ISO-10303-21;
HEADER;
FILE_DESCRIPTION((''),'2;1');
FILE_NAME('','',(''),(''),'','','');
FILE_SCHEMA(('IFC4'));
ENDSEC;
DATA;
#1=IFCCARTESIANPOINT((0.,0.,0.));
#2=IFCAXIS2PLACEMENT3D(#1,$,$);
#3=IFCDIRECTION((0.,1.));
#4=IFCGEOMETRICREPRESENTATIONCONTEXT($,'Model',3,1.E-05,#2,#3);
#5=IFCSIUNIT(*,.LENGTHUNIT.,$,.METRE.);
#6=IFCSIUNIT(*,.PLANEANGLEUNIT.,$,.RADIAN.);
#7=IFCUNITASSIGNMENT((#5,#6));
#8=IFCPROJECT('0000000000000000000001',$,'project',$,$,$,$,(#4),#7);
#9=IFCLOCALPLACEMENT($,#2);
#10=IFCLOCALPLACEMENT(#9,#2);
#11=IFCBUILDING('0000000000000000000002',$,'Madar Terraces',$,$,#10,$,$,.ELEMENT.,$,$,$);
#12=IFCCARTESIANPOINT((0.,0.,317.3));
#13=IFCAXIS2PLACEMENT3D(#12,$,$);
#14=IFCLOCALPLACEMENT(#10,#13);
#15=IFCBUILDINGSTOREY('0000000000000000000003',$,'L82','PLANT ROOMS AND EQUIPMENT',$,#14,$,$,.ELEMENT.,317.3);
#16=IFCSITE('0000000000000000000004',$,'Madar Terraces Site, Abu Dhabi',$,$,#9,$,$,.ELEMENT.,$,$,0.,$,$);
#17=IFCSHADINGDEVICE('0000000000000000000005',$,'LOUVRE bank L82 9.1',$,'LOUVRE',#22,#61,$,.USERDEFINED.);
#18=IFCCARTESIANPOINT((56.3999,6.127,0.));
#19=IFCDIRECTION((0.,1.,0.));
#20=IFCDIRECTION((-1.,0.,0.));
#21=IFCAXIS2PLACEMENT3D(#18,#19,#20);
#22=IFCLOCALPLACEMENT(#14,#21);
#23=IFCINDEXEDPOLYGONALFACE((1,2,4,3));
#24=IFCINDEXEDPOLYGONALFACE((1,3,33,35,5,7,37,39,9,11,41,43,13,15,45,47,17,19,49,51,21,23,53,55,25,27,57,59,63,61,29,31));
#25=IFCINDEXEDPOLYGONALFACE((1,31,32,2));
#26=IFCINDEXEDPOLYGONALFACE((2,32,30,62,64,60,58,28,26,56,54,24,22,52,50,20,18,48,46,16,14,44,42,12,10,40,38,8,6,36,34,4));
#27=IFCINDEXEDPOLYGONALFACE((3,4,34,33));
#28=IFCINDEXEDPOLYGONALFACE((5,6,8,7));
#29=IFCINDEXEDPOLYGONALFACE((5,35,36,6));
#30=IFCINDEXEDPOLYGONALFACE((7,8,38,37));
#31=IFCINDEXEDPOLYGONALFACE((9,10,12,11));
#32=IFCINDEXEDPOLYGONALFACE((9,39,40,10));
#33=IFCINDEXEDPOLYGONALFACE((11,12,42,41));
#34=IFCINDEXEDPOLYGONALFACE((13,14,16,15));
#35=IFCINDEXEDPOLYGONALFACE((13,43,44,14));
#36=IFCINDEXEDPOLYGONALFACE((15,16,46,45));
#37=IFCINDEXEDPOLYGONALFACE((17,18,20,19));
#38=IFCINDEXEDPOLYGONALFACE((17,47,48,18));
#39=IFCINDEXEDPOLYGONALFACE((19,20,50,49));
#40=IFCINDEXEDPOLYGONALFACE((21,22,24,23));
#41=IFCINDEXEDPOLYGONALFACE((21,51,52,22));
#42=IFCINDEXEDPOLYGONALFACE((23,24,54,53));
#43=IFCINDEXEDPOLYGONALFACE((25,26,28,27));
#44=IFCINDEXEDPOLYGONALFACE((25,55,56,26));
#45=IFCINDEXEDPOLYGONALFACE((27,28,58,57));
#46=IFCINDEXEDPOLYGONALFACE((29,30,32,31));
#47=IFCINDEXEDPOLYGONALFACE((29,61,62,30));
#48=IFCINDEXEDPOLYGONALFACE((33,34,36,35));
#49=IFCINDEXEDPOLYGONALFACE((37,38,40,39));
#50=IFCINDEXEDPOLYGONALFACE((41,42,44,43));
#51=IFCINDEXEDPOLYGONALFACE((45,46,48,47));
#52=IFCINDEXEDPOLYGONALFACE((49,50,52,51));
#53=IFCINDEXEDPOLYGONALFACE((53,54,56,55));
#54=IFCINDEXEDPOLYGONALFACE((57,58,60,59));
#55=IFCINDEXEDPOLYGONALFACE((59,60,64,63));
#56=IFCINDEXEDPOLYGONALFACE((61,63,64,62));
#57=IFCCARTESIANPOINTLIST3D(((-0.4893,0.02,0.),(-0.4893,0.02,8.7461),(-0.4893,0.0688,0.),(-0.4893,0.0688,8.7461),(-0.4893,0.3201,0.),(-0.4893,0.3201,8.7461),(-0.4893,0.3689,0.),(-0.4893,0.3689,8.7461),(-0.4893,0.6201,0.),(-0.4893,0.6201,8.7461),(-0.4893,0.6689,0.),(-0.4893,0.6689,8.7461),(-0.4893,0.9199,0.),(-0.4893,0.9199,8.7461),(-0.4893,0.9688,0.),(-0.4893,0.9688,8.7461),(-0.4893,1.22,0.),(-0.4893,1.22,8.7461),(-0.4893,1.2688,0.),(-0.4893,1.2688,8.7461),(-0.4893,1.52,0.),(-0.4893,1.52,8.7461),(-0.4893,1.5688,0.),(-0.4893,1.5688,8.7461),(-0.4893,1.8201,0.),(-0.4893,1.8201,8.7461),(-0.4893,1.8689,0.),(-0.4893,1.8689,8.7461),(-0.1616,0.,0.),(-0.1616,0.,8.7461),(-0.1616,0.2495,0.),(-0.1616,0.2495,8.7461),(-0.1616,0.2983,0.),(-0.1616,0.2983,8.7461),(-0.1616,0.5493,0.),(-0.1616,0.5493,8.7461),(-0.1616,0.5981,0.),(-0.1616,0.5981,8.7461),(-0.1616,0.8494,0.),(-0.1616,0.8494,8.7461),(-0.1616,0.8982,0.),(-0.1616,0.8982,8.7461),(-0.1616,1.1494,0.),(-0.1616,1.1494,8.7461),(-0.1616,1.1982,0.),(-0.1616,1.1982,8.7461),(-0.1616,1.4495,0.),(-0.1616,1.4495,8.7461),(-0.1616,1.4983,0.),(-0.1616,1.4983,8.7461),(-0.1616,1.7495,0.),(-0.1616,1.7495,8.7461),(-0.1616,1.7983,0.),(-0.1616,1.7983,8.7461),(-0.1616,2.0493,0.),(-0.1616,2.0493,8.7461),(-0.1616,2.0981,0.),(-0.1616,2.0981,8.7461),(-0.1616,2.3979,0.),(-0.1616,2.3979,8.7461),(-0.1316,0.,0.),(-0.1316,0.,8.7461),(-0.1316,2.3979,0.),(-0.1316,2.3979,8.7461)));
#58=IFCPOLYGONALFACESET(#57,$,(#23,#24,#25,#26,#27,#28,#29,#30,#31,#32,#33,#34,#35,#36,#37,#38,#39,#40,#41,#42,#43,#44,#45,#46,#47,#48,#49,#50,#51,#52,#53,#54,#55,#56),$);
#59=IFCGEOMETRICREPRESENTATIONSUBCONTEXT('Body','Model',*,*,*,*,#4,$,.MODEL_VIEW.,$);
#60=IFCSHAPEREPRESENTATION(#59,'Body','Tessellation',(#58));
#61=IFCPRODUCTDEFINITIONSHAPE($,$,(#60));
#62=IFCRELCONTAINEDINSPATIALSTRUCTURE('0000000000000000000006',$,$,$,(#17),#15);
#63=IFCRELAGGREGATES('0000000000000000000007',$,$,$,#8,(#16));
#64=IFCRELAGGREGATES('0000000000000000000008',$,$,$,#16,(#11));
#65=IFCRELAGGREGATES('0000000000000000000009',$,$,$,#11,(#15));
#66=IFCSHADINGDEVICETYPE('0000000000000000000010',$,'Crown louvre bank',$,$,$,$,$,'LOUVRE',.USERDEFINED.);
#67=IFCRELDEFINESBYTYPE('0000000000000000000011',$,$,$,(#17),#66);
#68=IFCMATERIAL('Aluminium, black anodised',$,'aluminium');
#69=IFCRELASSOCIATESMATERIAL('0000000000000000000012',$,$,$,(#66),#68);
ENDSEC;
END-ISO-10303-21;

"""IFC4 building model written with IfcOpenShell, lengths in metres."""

from ifc_helpers import new_model, si_unit, direction, frame, origin, place, context, subcontext, project, spatial, polyline, outline, extrude, material, type_object, element, save


model = new_model("IFC4")

# Units and contexts
model_context = context("Model", 3, precision=1e-05, world=origin(), true_north=direction((0.0, 1.0)))
body_context = subcontext(model_context, "Body", "Model", "MODEL_VIEW")
ifc_project = project(units=[si_unit("LENGTHUNIT", "METRE"), si_unit("PLANEANGLEUNIT", "RADIAN")], contexts=[model_context])

# Site, building, storey
site_placement = place(None, origin())
site = spatial("IfcSite", under=ifc_project, at=site_placement, Name="Madar Terraces Site, Abu Dhabi", CompositionType="ELEMENT", RefElevation=0.0)
building_placement = place(site_placement, origin())
building = spatial("IfcBuilding", under=site, at=building_placement, Name="Madar Terraces", CompositionType="ELEMENT")
storey_placement = place(building_placement, frame((0.0, 0.0, 317.3)))
storey = spatial("IfcBuildingStorey", under=building, at=storey_placement, Name="L82", Description="PLANT ROOMS AND EQUIPMENT", CompositionType="ELEMENT", Elevation=317.3)

# Shading device
ifc_material_1 = material(Name="Aluminium, black anodised", Category="aluminium")
shading_device_type = type_object("IfcShadingDeviceType", Name="Crown louvre bank", ElementType="LOUVRE", PredefinedType="USERDEFINED", material=ifc_material_1)
shading_device_placement = place(storey_placement, frame((56.3999, 6.127, 0.0), z_axis=(0.0, 1.0, 0.0), x_axis=(-1.0, 0.0, 0.0)))
element("IfcShadingDevice", 1, at=shading_device_placement, inside=storey, type_object=shading_device_type, Name="LOUVRE bank L82 9.1", ObjectType="LOUVRE", PredefinedType="USERDEFINED", context=body_context, shape_type="SweptSolid", body=[
    extrude(outline(polyline([(-0.1316, 0.0), (-0.1616, 0.0), (-0.1616, 0.2495), (-0.4893, 0.02), (-0.4893, 0.0688), (-0.1616, 0.2983), (-0.1616, 0.5493), (-0.4893, 0.3201), (-0.4893, 0.3689), (-0.1616, 0.5981), (-0.1616, 0.8494), (-0.4893, 0.6201), (-0.4893, 0.6689), (-0.1616, 0.8982), (-0.1616, 1.1494), (-0.4893, 0.9199), (-0.4893, 0.9688), (-0.1616, 1.1982), (-0.1616, 1.4495), (-0.4893, 1.22), (-0.4893, 1.2688), (-0.1616, 1.4983), (-0.1616, 1.7495), (-0.4893, 1.52), (-0.4893, 1.5688), (-0.1616, 1.7983), (-0.1616, 2.0493), (-0.4893, 1.8201), (-0.4893, 1.8689), (-0.1616, 2.0981), (-0.1616, 2.3979), (-0.1316, 2.3979), (-0.1316, 0.0)])), origin(), (0.0, 0.0, 1.0), 8.7461),
])

save(model, "model.ifc")
